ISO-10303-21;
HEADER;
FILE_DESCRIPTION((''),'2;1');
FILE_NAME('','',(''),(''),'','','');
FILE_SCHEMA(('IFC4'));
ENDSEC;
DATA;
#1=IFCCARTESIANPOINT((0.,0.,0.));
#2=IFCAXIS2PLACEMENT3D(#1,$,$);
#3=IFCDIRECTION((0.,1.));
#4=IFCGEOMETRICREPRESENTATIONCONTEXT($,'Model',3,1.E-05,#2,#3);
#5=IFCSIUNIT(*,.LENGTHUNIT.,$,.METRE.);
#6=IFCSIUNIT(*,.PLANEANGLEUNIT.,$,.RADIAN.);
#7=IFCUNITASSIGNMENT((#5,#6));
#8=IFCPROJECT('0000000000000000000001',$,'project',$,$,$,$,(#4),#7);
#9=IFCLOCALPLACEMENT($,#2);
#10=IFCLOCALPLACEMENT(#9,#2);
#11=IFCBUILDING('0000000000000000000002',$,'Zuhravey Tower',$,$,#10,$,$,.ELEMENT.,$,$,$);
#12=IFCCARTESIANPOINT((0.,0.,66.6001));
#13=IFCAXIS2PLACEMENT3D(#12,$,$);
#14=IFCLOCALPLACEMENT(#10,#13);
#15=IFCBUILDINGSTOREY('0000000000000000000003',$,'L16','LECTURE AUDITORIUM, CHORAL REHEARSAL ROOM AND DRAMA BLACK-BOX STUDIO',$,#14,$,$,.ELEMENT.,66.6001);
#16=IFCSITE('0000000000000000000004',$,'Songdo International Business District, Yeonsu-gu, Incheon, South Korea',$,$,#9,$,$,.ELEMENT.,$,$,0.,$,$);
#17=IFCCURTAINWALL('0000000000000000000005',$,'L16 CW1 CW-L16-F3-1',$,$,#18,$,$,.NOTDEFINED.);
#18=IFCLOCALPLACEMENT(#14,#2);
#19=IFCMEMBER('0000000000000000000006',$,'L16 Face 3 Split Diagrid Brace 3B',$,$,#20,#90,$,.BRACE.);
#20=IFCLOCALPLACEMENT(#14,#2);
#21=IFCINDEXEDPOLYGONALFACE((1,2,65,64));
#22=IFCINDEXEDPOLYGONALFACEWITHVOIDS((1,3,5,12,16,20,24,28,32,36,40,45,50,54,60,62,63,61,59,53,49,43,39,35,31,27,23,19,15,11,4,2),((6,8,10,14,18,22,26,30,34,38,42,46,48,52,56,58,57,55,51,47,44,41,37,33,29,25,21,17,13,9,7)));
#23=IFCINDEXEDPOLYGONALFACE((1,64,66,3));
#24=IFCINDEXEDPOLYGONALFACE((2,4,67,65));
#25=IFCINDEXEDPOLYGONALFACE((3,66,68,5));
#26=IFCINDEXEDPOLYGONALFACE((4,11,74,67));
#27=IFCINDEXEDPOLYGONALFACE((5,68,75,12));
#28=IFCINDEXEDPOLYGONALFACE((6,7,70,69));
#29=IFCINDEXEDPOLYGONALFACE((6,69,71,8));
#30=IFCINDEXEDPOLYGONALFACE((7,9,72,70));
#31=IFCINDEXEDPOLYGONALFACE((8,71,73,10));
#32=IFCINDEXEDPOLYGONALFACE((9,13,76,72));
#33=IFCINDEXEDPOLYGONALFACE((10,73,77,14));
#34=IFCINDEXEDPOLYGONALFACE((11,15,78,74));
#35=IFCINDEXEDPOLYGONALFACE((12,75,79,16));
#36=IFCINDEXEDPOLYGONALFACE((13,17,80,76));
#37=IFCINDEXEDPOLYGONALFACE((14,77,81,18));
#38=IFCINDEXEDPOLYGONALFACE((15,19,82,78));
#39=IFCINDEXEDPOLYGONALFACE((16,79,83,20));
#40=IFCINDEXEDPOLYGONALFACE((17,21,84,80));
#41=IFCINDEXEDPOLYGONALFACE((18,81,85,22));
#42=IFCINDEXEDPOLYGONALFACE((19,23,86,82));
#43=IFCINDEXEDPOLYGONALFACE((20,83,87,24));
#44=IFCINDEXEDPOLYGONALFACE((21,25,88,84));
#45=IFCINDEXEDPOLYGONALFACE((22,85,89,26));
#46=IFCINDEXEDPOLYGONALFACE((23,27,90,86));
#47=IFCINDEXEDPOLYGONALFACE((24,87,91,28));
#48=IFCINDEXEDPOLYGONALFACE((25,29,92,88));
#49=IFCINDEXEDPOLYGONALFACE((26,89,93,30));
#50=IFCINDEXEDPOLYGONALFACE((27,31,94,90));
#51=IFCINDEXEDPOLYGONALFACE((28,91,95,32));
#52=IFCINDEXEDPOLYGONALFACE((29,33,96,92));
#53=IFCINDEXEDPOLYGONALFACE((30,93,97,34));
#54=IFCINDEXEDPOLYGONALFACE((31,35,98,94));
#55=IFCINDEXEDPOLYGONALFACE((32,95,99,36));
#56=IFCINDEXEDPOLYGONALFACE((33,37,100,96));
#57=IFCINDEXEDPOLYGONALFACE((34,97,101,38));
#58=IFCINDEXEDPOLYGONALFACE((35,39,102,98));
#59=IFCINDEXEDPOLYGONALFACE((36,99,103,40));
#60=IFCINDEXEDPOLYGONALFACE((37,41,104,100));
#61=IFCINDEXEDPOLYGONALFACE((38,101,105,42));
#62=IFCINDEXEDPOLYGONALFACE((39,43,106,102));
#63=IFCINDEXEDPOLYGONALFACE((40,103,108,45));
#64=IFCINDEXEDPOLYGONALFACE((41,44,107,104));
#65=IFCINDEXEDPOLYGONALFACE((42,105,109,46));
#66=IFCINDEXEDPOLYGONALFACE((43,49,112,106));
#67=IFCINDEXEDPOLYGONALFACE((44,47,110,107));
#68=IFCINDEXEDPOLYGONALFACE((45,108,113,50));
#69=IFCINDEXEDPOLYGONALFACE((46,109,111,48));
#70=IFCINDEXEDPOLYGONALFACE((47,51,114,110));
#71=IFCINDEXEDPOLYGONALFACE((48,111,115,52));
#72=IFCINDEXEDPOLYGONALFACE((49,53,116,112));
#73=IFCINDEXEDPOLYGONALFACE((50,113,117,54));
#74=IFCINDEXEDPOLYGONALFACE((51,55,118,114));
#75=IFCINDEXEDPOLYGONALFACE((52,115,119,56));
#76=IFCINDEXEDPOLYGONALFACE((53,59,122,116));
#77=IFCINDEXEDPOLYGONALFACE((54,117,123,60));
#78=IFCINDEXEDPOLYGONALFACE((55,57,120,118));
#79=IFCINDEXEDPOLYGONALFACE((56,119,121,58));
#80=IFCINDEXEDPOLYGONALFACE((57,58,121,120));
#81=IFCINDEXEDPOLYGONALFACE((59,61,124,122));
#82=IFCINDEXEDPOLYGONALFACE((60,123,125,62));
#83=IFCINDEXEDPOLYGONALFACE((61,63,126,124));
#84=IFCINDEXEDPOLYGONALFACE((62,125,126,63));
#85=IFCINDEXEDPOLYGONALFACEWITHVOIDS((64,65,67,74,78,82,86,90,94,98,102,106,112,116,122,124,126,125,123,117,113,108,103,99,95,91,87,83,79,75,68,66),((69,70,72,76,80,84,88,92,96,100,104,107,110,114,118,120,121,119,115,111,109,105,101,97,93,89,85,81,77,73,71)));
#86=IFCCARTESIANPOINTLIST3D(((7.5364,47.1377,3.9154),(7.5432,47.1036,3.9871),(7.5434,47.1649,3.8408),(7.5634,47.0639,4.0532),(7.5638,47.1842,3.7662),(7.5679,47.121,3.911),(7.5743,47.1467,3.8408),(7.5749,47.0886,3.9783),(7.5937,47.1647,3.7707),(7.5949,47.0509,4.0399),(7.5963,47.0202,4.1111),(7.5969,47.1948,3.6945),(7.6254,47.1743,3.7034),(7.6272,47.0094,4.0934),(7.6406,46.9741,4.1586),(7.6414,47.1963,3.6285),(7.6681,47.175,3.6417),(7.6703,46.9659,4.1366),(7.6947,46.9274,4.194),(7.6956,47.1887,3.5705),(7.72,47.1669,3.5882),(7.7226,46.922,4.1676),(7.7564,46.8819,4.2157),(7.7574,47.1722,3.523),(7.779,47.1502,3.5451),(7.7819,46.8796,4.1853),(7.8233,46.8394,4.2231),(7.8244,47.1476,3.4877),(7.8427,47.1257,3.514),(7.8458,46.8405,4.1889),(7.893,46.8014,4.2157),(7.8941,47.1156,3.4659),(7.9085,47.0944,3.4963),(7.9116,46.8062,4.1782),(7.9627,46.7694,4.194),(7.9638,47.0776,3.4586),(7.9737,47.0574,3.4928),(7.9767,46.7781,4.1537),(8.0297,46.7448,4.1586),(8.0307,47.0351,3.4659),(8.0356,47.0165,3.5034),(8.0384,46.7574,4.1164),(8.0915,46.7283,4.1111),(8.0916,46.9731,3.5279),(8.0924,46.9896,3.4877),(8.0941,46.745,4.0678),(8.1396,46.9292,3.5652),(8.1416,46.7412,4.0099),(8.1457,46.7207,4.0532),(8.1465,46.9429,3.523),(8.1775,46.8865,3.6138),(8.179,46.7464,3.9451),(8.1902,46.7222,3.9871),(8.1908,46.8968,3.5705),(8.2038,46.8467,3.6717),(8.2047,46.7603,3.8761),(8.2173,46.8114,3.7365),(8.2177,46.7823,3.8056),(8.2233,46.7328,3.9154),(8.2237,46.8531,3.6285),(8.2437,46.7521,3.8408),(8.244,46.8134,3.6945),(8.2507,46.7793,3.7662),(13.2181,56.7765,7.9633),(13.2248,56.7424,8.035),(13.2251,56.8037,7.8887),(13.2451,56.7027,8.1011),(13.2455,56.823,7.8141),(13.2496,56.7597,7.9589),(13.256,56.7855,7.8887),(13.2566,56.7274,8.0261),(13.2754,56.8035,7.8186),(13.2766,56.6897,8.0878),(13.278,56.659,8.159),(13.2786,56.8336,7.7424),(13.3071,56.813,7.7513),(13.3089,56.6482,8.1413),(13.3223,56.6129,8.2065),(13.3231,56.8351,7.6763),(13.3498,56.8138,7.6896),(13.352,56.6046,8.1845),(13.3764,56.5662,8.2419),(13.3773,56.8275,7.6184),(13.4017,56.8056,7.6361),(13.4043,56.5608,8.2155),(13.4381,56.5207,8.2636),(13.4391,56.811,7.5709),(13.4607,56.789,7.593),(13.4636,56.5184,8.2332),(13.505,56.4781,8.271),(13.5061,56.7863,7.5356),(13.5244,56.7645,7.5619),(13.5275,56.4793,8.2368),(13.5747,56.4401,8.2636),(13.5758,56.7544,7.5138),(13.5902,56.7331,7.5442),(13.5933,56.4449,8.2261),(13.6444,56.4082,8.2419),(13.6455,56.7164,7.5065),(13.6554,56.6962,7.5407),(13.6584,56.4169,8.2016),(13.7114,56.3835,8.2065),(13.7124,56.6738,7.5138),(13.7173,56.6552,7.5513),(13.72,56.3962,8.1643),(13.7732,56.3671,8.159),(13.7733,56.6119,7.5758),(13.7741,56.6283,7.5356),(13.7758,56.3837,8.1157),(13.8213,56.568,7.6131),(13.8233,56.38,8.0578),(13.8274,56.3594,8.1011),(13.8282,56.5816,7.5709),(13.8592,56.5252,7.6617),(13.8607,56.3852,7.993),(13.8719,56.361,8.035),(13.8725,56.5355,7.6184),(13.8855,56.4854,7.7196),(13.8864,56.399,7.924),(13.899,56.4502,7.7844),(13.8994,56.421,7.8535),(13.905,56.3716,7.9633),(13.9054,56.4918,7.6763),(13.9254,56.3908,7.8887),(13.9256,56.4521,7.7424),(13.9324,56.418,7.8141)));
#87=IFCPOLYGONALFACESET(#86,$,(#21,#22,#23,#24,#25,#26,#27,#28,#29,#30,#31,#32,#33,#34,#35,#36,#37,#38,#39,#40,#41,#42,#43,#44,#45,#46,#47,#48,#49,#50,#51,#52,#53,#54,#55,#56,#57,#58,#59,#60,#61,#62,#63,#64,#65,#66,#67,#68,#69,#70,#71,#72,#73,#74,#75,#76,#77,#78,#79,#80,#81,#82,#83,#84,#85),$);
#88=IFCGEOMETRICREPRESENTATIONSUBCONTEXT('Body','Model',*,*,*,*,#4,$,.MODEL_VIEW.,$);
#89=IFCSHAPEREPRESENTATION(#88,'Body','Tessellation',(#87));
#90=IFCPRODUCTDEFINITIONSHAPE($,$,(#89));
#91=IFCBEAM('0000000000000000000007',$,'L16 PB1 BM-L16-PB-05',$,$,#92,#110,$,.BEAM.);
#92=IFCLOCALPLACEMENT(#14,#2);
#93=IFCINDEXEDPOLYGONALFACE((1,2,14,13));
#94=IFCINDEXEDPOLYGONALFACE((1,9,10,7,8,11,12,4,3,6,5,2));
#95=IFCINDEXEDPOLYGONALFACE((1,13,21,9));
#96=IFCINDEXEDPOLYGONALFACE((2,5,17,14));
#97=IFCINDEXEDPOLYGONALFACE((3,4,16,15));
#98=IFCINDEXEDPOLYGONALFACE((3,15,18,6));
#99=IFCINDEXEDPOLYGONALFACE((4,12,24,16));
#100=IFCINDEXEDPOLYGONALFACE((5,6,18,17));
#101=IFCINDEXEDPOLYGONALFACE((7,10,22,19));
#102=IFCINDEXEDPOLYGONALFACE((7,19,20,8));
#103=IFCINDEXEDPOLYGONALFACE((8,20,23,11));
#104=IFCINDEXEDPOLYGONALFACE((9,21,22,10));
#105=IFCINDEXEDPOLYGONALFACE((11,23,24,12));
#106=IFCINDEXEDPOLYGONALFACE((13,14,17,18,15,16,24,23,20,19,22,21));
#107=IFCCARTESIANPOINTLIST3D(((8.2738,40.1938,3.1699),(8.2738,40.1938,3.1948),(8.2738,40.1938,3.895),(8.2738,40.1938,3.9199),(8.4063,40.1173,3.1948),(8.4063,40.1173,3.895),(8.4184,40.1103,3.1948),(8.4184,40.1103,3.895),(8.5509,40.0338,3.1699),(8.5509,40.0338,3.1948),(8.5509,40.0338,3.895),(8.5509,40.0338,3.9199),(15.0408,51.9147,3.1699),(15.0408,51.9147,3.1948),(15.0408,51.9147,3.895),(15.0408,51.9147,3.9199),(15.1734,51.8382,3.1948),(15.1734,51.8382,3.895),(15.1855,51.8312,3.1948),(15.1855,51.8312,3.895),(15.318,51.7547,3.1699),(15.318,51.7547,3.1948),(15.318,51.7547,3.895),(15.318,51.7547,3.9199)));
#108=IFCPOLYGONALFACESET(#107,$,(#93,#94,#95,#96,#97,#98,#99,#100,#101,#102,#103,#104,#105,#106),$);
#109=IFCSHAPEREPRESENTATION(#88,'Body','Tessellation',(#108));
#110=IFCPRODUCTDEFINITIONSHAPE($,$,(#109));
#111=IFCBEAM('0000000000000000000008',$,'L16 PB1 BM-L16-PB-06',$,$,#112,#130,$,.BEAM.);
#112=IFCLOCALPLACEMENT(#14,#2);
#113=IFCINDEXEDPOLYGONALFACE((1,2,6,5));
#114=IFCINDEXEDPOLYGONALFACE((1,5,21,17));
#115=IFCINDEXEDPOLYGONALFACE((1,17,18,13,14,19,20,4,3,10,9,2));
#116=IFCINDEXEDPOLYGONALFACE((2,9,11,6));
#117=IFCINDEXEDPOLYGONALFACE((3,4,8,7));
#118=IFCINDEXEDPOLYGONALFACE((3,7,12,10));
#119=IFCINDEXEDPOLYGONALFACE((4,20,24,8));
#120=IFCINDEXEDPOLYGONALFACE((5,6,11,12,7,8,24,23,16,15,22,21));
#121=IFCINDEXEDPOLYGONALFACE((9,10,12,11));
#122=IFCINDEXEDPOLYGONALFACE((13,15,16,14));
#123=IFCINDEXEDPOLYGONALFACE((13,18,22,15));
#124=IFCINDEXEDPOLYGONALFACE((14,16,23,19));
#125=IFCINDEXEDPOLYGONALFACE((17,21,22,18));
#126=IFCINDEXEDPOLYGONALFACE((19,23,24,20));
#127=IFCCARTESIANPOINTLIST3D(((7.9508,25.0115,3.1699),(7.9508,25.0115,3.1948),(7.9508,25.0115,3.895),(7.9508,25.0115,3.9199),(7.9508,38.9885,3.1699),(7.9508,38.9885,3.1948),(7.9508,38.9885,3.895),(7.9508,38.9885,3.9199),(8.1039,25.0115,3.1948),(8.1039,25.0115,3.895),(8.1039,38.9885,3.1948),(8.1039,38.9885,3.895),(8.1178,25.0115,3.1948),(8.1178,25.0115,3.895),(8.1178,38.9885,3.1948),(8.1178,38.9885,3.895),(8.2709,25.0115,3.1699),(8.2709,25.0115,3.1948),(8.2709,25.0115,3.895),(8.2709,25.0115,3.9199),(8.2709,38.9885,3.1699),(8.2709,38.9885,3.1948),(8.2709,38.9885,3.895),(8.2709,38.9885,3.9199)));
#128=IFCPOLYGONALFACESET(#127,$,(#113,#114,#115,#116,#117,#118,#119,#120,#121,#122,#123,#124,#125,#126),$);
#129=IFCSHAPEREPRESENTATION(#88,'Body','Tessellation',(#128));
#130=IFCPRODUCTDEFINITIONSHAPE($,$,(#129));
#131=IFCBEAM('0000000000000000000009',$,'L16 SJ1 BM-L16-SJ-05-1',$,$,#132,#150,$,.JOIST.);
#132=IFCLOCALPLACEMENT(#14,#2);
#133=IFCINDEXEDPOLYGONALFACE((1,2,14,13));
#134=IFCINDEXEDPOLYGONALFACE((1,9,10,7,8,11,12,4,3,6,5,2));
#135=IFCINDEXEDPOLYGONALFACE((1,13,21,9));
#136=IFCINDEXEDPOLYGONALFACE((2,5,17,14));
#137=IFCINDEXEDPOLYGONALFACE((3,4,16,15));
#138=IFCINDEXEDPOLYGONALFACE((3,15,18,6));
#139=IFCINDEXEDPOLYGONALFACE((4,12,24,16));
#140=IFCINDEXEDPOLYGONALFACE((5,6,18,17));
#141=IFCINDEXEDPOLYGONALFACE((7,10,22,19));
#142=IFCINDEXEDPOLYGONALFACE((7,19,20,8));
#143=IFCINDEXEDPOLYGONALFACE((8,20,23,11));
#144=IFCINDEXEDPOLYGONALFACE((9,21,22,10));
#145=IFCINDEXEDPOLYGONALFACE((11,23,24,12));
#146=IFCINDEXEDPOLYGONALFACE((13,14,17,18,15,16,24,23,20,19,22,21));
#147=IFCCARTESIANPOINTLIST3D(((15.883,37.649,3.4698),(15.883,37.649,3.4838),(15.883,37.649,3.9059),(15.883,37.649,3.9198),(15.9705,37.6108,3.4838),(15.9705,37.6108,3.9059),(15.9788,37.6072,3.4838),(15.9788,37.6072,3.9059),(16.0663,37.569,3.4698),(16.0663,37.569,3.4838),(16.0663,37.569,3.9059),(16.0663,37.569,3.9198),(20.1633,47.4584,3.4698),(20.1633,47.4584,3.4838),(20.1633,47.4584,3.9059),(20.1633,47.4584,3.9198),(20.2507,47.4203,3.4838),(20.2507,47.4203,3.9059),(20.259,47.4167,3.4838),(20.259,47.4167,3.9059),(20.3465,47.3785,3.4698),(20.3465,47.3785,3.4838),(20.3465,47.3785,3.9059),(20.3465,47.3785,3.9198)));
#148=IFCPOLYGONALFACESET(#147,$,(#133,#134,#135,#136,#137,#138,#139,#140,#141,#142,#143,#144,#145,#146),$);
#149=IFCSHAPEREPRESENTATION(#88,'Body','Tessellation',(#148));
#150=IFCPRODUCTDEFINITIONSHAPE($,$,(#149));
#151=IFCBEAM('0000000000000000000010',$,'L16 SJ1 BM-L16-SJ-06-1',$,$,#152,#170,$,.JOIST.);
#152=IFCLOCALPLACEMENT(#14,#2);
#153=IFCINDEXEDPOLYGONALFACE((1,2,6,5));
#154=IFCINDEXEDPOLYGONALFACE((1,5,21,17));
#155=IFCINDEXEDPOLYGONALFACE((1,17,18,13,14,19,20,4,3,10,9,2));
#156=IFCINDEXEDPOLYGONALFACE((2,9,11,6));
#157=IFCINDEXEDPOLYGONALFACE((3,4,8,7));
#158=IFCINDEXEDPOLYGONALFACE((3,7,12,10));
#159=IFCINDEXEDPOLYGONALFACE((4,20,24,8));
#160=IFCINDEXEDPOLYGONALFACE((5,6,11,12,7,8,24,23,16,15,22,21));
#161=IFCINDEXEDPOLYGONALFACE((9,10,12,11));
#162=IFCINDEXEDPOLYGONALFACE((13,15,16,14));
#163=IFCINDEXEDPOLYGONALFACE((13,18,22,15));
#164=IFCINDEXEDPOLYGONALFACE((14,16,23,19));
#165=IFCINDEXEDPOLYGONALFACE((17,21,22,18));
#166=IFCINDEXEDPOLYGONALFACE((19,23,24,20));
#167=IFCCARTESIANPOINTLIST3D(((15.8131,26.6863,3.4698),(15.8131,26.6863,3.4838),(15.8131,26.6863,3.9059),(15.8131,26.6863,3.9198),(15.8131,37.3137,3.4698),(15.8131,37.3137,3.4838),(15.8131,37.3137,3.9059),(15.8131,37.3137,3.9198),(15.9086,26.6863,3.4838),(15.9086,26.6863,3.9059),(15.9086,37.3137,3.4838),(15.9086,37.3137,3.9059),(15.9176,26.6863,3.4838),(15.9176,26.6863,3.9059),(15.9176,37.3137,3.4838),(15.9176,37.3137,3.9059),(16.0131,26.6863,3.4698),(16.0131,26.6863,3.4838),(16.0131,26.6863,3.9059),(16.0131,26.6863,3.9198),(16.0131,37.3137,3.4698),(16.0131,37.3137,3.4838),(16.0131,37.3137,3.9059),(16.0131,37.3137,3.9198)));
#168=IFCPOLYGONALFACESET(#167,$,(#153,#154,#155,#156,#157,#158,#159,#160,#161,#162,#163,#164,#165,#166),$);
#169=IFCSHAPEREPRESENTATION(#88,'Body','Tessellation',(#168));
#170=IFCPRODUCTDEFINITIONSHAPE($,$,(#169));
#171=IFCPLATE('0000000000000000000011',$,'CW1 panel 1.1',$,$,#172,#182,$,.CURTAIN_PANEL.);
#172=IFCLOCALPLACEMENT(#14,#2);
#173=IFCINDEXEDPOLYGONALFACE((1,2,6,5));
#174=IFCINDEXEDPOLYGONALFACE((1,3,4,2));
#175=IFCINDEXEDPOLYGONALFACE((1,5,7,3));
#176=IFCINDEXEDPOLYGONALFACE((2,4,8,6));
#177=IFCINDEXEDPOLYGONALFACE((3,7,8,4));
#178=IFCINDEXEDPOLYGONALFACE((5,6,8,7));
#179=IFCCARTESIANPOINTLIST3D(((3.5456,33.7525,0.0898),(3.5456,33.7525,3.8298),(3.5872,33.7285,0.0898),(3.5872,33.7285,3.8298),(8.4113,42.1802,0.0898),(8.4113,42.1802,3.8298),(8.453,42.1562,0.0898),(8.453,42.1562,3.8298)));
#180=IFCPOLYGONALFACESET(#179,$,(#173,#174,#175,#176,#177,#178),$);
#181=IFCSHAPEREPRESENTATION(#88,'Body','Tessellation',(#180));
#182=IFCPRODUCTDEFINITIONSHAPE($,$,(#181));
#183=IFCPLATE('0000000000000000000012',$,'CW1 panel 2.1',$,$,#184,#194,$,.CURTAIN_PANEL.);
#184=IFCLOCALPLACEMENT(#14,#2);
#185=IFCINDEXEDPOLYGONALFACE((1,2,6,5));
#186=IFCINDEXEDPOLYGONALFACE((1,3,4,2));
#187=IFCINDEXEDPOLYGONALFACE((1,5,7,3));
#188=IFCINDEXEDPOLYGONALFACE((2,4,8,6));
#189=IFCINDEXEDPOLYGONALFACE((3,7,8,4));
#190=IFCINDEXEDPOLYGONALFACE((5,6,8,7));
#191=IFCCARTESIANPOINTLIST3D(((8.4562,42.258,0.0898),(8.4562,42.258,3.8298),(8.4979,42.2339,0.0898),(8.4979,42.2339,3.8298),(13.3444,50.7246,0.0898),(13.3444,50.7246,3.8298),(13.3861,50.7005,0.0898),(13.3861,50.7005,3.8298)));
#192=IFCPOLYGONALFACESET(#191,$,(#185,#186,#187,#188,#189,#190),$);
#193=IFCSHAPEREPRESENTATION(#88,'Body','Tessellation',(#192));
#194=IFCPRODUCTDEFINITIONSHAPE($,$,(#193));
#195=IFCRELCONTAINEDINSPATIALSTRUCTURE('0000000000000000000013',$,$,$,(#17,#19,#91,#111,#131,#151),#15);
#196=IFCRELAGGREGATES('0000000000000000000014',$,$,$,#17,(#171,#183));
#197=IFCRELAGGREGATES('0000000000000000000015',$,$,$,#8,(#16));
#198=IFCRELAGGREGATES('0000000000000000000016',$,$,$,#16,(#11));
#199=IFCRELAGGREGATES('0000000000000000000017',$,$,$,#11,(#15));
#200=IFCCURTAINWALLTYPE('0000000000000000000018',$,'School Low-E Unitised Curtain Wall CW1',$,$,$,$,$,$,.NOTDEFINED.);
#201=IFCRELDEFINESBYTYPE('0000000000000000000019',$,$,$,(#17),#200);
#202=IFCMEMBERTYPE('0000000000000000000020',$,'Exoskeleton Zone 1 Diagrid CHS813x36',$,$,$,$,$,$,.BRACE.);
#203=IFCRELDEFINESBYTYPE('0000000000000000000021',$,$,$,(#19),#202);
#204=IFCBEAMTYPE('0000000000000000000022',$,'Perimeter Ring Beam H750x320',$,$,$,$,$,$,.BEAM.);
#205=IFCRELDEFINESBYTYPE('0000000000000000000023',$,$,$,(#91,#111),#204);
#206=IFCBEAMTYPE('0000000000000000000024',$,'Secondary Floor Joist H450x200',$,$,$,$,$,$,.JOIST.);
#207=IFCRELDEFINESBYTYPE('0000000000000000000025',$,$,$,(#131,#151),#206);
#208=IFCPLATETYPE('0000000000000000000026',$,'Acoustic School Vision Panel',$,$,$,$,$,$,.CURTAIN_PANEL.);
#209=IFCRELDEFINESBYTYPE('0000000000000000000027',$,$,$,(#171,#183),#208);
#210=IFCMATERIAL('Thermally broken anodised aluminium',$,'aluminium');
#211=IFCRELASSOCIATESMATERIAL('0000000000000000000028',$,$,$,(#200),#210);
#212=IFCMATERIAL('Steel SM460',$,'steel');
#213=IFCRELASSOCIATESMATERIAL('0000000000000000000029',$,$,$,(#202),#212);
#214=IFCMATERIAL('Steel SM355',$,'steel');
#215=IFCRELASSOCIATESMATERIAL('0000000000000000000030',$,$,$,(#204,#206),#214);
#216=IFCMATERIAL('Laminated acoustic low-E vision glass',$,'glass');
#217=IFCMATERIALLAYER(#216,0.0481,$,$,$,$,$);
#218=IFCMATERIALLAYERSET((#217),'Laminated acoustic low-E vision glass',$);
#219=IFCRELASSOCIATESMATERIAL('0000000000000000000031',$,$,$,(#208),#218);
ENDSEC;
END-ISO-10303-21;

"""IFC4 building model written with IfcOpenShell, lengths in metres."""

from ifc_helpers import new_model, si_unit, direction, frame, origin, origin_2d, place, context, subcontext, project, spatial, rectangle, hollow_circle, i_section, extrude, material, layer, layer_set, material_profile, profile_set, type_object, element, aggregate, save


model = new_model("IFC4")

# Units and contexts
model_context = context("Model", 3, precision=1e-05, world=origin(), true_north=direction((0.0, 1.0)))
body_context = subcontext(model_context, "Body", "Model", "MODEL_VIEW")
ifc_project = project(units=[si_unit("LENGTHUNIT", "METRE"), si_unit("PLANEANGLEUNIT", "RADIAN")], contexts=[model_context])

# Site, building, storey
site_placement = place(None, origin())
site = spatial("IfcSite", under=ifc_project, at=site_placement, Name="Songdo International Business District, Yeonsu-gu, Incheon, South Korea", CompositionType="ELEMENT", RefElevation=0.0)
building_placement = place(site_placement, origin())
building = spatial("IfcBuilding", under=site, at=building_placement, Name="Zuhravey Tower", CompositionType="ELEMENT")
storey_placement = place(building_placement, frame((0.0, 0.0, 66.6001)))
storey = spatial("IfcBuildingStorey", under=building, at=storey_placement, Name="L16", Description="LECTURE AUDITORIUM, CHORAL REHEARSAL ROOM AND DRAMA BLACK-BOX STUDIO", CompositionType="ELEMENT", Elevation=66.6001)

# Curtain wall
ifc_material_1 = material(Name="Thermally broken anodised aluminium", Category="aluminium")
curtain_wall_type = type_object("IfcCurtainWallType", Name="School Low-E Unitised Curtain Wall CW1", PredefinedType="NOTDEFINED", material=ifc_material_1)
curtain_wall_1_placement = place(storey_placement, origin())
curtain_wall_1 = element("IfcCurtainWall", 1, at=curtain_wall_1_placement, inside=storey, type_object=curtain_wall_type, Name="L16 CW1 CW-L16-F3-1", PredefinedType="NOTDEFINED")

# Member
ifc_material_2 = material(Name="Steel SM355", Category="steel")
ifc_material_3 = material(Name="Steel SM460", Category="steel")
ifc_material_profile_1 = material_profile(ifc_material_3, hollow_circle(Radius=0.4065, WallThickness=0.0359, at=origin_2d()), Name="CHS-812.8x36")
ifc_profile_set_1 = profile_set([ifc_material_profile_1], Name="Steel SM460")
member_type_1 = type_object("IfcMemberType", Name="Exoskeleton Zone 1 Diagrid CHS813x36", PredefinedType="BRACE", material=ifc_profile_set_1)
member_1_placement = place(storey_placement, frame((7.8936, 46.9585, 3.8408), z_axis=(0.477516, 0.810086, 0.340203), x_axis=(-0.861472, 0.507806, 0.0)))
element("IfcMember", 2, at=member_1_placement, inside=storey, type_object=member_type_1, Name="L16 Face 3 Split Diagrid Brace 3B", PredefinedType="BRACE", context=body_context, shape_type="SweptSolid", body=[
    extrude(hollow_circle(Radius=0.4065, WallThickness=0.0359, at=origin_2d()), origin(), (0.0, 0.0, 1.0), 11.8984),
])

# Beams
ifc_material_profile_2 = material_profile(ifc_material_2, i_section(OverallWidth=0.3201, OverallDepth=0.75, WebThickness=0.0139, FlangeThickness=0.0249, at=origin_2d()), Name="H-750x320x14x25")
ifc_profile_set_2 = profile_set([ifc_material_profile_2], Name="Steel SM355")
beam_type_1 = type_object("IfcBeamType", Name="Perimeter Ring Beam H750x320", PredefinedType="BEAM", material=ifc_profile_set_2)
beam_1_placement = place(storey_placement, frame((15.1794, 51.8347, 3.5449), z_axis=(-0.5, -0.866025, 0.0), x_axis=(0.866025, -0.5, 0.0)))
element("IfcBeam", 3, at=beam_1_placement, inside=storey, type_object=beam_type_1, Name="L16 PB1 BM-L16-PB-05", PredefinedType="BEAM", context=body_context, shape_type="SweptSolid", body=[
    extrude(i_section(OverallWidth=0.3201, OverallDepth=0.75, WebThickness=0.0139, FlangeThickness=0.0249, at=origin_2d()), origin(), (0.0, 0.0, 1.0), 13.5342),
])
beam_2_placement = place(storey_placement, frame((8.1108, 38.9885, 3.5449), z_axis=(0.0, -1.0, 0.0), x_axis=(1.0, 0.0, 0.0)))
element("IfcBeam", 4, at=beam_2_placement, inside=storey, type_object=beam_type_1, Name="L16 PB1 BM-L16-PB-06", PredefinedType="BEAM", context=body_context, shape_type="SweptSolid", body=[
    extrude(i_section(OverallWidth=0.3201, OverallDepth=0.75, WebThickness=0.0139, FlangeThickness=0.0249, at=origin_2d()), origin(), (0.0, 0.0, 1.0), 13.9771),
])
ifc_material_profile_3 = material_profile(ifc_material_2, i_section(OverallWidth=0.2, OverallDepth=0.45, WebThickness=0.009, FlangeThickness=0.0139, at=origin_2d()), Name="H-450x200x9x14")
ifc_profile_set_3 = profile_set([ifc_material_profile_3], Name="Steel SM355")
beam_type_2 = type_object("IfcBeamType", Name="Secondary Floor Joist H450x200", PredefinedType="JOIST", material=ifc_profile_set_3)
beam_3_placement = place(storey_placement, frame((20.2549, 47.4185, 3.6948), z_axis=(-0.399924, -0.916549, 0.0), x_axis=(0.916549, -0.399924, 0.0)))
element("IfcBeam", 5, at=beam_3_placement, inside=storey, type_object=beam_type_2, Name="L16 SJ1 BM-L16-SJ-05-1", PredefinedType="JOIST", context=body_context, shape_type="SweptSolid", body=[
    extrude(i_section(OverallWidth=0.2, OverallDepth=0.45, WebThickness=0.009, FlangeThickness=0.0139, at=origin_2d()), origin(), (0.0, 0.0, 1.0), 10.7026),
])
beam_4_placement = place(storey_placement, frame((15.9131, 37.3137, 3.6948), z_axis=(0.0, -1.0, 0.0), x_axis=(1.0, 0.0, 0.0)))
element("IfcBeam", 6, at=beam_4_placement, inside=storey, type_object=beam_type_2, Name="L16 SJ1 BM-L16-SJ-06-1", PredefinedType="JOIST", context=body_context, shape_type="SweptSolid", body=[
    extrude(i_section(OverallWidth=0.2, OverallDepth=0.45, WebThickness=0.009, FlangeThickness=0.0139, at=origin_2d()), origin(), (0.0, 0.0, 1.0), 10.6274),
])

# Plates
ifc_material_4 = material(Name="Laminated acoustic low-E vision glass", Category="glass")
ifc_layer_1 = layer(ifc_material_4, 0.0481)
ifc_layer_set_1 = layer_set([ifc_layer_1], Name="Laminated acoustic low-E vision glass")
plate_type_1 = type_object("IfcPlateType", Name="Acoustic School Vision Panel", PredefinedType="CURTAIN_PANEL", material=ifc_layer_set_1)
plate_1_placement = place(storey_placement, frame((5.9993, 37.9543, 0.0898), z_axis=(0.0, 0.0, 1.0), x_axis=(0.5, 0.866026, 0.0)))
plate_1 = element("IfcPlate", 7, at=plate_1_placement, type_object=plate_type_1, Name="CW1 panel 1.1", PredefinedType="CURTAIN_PANEL", context=body_context, shape_type="SweptSolid", body=[
    extrude(rectangle(XDim=9.7314, YDim=0.0481, at=origin_2d()), origin(), (0.0, 0.0, 1.0), 3.74),
])
plate_2_placement = place(storey_placement, frame((10.9211, 46.4792, 0.0898), z_axis=(0.0, 0.0, 1.0), x_axis=(0.5, 0.866026, 0.0)))
plate_2 = element("IfcPlate", 8, at=plate_2_placement, type_object=plate_type_1, Name="CW1 panel 2.1", PredefinedType="CURTAIN_PANEL", context=body_context, shape_type="SweptSolid", body=[
    extrude(rectangle(XDim=9.7764, YDim=0.0481, at=origin_2d()), origin(), (0.0, 0.0, 1.0), 3.74),
])
aggregate(curtain_wall_1, [plate_1, plate_2])

save(model, "model.ifc")
